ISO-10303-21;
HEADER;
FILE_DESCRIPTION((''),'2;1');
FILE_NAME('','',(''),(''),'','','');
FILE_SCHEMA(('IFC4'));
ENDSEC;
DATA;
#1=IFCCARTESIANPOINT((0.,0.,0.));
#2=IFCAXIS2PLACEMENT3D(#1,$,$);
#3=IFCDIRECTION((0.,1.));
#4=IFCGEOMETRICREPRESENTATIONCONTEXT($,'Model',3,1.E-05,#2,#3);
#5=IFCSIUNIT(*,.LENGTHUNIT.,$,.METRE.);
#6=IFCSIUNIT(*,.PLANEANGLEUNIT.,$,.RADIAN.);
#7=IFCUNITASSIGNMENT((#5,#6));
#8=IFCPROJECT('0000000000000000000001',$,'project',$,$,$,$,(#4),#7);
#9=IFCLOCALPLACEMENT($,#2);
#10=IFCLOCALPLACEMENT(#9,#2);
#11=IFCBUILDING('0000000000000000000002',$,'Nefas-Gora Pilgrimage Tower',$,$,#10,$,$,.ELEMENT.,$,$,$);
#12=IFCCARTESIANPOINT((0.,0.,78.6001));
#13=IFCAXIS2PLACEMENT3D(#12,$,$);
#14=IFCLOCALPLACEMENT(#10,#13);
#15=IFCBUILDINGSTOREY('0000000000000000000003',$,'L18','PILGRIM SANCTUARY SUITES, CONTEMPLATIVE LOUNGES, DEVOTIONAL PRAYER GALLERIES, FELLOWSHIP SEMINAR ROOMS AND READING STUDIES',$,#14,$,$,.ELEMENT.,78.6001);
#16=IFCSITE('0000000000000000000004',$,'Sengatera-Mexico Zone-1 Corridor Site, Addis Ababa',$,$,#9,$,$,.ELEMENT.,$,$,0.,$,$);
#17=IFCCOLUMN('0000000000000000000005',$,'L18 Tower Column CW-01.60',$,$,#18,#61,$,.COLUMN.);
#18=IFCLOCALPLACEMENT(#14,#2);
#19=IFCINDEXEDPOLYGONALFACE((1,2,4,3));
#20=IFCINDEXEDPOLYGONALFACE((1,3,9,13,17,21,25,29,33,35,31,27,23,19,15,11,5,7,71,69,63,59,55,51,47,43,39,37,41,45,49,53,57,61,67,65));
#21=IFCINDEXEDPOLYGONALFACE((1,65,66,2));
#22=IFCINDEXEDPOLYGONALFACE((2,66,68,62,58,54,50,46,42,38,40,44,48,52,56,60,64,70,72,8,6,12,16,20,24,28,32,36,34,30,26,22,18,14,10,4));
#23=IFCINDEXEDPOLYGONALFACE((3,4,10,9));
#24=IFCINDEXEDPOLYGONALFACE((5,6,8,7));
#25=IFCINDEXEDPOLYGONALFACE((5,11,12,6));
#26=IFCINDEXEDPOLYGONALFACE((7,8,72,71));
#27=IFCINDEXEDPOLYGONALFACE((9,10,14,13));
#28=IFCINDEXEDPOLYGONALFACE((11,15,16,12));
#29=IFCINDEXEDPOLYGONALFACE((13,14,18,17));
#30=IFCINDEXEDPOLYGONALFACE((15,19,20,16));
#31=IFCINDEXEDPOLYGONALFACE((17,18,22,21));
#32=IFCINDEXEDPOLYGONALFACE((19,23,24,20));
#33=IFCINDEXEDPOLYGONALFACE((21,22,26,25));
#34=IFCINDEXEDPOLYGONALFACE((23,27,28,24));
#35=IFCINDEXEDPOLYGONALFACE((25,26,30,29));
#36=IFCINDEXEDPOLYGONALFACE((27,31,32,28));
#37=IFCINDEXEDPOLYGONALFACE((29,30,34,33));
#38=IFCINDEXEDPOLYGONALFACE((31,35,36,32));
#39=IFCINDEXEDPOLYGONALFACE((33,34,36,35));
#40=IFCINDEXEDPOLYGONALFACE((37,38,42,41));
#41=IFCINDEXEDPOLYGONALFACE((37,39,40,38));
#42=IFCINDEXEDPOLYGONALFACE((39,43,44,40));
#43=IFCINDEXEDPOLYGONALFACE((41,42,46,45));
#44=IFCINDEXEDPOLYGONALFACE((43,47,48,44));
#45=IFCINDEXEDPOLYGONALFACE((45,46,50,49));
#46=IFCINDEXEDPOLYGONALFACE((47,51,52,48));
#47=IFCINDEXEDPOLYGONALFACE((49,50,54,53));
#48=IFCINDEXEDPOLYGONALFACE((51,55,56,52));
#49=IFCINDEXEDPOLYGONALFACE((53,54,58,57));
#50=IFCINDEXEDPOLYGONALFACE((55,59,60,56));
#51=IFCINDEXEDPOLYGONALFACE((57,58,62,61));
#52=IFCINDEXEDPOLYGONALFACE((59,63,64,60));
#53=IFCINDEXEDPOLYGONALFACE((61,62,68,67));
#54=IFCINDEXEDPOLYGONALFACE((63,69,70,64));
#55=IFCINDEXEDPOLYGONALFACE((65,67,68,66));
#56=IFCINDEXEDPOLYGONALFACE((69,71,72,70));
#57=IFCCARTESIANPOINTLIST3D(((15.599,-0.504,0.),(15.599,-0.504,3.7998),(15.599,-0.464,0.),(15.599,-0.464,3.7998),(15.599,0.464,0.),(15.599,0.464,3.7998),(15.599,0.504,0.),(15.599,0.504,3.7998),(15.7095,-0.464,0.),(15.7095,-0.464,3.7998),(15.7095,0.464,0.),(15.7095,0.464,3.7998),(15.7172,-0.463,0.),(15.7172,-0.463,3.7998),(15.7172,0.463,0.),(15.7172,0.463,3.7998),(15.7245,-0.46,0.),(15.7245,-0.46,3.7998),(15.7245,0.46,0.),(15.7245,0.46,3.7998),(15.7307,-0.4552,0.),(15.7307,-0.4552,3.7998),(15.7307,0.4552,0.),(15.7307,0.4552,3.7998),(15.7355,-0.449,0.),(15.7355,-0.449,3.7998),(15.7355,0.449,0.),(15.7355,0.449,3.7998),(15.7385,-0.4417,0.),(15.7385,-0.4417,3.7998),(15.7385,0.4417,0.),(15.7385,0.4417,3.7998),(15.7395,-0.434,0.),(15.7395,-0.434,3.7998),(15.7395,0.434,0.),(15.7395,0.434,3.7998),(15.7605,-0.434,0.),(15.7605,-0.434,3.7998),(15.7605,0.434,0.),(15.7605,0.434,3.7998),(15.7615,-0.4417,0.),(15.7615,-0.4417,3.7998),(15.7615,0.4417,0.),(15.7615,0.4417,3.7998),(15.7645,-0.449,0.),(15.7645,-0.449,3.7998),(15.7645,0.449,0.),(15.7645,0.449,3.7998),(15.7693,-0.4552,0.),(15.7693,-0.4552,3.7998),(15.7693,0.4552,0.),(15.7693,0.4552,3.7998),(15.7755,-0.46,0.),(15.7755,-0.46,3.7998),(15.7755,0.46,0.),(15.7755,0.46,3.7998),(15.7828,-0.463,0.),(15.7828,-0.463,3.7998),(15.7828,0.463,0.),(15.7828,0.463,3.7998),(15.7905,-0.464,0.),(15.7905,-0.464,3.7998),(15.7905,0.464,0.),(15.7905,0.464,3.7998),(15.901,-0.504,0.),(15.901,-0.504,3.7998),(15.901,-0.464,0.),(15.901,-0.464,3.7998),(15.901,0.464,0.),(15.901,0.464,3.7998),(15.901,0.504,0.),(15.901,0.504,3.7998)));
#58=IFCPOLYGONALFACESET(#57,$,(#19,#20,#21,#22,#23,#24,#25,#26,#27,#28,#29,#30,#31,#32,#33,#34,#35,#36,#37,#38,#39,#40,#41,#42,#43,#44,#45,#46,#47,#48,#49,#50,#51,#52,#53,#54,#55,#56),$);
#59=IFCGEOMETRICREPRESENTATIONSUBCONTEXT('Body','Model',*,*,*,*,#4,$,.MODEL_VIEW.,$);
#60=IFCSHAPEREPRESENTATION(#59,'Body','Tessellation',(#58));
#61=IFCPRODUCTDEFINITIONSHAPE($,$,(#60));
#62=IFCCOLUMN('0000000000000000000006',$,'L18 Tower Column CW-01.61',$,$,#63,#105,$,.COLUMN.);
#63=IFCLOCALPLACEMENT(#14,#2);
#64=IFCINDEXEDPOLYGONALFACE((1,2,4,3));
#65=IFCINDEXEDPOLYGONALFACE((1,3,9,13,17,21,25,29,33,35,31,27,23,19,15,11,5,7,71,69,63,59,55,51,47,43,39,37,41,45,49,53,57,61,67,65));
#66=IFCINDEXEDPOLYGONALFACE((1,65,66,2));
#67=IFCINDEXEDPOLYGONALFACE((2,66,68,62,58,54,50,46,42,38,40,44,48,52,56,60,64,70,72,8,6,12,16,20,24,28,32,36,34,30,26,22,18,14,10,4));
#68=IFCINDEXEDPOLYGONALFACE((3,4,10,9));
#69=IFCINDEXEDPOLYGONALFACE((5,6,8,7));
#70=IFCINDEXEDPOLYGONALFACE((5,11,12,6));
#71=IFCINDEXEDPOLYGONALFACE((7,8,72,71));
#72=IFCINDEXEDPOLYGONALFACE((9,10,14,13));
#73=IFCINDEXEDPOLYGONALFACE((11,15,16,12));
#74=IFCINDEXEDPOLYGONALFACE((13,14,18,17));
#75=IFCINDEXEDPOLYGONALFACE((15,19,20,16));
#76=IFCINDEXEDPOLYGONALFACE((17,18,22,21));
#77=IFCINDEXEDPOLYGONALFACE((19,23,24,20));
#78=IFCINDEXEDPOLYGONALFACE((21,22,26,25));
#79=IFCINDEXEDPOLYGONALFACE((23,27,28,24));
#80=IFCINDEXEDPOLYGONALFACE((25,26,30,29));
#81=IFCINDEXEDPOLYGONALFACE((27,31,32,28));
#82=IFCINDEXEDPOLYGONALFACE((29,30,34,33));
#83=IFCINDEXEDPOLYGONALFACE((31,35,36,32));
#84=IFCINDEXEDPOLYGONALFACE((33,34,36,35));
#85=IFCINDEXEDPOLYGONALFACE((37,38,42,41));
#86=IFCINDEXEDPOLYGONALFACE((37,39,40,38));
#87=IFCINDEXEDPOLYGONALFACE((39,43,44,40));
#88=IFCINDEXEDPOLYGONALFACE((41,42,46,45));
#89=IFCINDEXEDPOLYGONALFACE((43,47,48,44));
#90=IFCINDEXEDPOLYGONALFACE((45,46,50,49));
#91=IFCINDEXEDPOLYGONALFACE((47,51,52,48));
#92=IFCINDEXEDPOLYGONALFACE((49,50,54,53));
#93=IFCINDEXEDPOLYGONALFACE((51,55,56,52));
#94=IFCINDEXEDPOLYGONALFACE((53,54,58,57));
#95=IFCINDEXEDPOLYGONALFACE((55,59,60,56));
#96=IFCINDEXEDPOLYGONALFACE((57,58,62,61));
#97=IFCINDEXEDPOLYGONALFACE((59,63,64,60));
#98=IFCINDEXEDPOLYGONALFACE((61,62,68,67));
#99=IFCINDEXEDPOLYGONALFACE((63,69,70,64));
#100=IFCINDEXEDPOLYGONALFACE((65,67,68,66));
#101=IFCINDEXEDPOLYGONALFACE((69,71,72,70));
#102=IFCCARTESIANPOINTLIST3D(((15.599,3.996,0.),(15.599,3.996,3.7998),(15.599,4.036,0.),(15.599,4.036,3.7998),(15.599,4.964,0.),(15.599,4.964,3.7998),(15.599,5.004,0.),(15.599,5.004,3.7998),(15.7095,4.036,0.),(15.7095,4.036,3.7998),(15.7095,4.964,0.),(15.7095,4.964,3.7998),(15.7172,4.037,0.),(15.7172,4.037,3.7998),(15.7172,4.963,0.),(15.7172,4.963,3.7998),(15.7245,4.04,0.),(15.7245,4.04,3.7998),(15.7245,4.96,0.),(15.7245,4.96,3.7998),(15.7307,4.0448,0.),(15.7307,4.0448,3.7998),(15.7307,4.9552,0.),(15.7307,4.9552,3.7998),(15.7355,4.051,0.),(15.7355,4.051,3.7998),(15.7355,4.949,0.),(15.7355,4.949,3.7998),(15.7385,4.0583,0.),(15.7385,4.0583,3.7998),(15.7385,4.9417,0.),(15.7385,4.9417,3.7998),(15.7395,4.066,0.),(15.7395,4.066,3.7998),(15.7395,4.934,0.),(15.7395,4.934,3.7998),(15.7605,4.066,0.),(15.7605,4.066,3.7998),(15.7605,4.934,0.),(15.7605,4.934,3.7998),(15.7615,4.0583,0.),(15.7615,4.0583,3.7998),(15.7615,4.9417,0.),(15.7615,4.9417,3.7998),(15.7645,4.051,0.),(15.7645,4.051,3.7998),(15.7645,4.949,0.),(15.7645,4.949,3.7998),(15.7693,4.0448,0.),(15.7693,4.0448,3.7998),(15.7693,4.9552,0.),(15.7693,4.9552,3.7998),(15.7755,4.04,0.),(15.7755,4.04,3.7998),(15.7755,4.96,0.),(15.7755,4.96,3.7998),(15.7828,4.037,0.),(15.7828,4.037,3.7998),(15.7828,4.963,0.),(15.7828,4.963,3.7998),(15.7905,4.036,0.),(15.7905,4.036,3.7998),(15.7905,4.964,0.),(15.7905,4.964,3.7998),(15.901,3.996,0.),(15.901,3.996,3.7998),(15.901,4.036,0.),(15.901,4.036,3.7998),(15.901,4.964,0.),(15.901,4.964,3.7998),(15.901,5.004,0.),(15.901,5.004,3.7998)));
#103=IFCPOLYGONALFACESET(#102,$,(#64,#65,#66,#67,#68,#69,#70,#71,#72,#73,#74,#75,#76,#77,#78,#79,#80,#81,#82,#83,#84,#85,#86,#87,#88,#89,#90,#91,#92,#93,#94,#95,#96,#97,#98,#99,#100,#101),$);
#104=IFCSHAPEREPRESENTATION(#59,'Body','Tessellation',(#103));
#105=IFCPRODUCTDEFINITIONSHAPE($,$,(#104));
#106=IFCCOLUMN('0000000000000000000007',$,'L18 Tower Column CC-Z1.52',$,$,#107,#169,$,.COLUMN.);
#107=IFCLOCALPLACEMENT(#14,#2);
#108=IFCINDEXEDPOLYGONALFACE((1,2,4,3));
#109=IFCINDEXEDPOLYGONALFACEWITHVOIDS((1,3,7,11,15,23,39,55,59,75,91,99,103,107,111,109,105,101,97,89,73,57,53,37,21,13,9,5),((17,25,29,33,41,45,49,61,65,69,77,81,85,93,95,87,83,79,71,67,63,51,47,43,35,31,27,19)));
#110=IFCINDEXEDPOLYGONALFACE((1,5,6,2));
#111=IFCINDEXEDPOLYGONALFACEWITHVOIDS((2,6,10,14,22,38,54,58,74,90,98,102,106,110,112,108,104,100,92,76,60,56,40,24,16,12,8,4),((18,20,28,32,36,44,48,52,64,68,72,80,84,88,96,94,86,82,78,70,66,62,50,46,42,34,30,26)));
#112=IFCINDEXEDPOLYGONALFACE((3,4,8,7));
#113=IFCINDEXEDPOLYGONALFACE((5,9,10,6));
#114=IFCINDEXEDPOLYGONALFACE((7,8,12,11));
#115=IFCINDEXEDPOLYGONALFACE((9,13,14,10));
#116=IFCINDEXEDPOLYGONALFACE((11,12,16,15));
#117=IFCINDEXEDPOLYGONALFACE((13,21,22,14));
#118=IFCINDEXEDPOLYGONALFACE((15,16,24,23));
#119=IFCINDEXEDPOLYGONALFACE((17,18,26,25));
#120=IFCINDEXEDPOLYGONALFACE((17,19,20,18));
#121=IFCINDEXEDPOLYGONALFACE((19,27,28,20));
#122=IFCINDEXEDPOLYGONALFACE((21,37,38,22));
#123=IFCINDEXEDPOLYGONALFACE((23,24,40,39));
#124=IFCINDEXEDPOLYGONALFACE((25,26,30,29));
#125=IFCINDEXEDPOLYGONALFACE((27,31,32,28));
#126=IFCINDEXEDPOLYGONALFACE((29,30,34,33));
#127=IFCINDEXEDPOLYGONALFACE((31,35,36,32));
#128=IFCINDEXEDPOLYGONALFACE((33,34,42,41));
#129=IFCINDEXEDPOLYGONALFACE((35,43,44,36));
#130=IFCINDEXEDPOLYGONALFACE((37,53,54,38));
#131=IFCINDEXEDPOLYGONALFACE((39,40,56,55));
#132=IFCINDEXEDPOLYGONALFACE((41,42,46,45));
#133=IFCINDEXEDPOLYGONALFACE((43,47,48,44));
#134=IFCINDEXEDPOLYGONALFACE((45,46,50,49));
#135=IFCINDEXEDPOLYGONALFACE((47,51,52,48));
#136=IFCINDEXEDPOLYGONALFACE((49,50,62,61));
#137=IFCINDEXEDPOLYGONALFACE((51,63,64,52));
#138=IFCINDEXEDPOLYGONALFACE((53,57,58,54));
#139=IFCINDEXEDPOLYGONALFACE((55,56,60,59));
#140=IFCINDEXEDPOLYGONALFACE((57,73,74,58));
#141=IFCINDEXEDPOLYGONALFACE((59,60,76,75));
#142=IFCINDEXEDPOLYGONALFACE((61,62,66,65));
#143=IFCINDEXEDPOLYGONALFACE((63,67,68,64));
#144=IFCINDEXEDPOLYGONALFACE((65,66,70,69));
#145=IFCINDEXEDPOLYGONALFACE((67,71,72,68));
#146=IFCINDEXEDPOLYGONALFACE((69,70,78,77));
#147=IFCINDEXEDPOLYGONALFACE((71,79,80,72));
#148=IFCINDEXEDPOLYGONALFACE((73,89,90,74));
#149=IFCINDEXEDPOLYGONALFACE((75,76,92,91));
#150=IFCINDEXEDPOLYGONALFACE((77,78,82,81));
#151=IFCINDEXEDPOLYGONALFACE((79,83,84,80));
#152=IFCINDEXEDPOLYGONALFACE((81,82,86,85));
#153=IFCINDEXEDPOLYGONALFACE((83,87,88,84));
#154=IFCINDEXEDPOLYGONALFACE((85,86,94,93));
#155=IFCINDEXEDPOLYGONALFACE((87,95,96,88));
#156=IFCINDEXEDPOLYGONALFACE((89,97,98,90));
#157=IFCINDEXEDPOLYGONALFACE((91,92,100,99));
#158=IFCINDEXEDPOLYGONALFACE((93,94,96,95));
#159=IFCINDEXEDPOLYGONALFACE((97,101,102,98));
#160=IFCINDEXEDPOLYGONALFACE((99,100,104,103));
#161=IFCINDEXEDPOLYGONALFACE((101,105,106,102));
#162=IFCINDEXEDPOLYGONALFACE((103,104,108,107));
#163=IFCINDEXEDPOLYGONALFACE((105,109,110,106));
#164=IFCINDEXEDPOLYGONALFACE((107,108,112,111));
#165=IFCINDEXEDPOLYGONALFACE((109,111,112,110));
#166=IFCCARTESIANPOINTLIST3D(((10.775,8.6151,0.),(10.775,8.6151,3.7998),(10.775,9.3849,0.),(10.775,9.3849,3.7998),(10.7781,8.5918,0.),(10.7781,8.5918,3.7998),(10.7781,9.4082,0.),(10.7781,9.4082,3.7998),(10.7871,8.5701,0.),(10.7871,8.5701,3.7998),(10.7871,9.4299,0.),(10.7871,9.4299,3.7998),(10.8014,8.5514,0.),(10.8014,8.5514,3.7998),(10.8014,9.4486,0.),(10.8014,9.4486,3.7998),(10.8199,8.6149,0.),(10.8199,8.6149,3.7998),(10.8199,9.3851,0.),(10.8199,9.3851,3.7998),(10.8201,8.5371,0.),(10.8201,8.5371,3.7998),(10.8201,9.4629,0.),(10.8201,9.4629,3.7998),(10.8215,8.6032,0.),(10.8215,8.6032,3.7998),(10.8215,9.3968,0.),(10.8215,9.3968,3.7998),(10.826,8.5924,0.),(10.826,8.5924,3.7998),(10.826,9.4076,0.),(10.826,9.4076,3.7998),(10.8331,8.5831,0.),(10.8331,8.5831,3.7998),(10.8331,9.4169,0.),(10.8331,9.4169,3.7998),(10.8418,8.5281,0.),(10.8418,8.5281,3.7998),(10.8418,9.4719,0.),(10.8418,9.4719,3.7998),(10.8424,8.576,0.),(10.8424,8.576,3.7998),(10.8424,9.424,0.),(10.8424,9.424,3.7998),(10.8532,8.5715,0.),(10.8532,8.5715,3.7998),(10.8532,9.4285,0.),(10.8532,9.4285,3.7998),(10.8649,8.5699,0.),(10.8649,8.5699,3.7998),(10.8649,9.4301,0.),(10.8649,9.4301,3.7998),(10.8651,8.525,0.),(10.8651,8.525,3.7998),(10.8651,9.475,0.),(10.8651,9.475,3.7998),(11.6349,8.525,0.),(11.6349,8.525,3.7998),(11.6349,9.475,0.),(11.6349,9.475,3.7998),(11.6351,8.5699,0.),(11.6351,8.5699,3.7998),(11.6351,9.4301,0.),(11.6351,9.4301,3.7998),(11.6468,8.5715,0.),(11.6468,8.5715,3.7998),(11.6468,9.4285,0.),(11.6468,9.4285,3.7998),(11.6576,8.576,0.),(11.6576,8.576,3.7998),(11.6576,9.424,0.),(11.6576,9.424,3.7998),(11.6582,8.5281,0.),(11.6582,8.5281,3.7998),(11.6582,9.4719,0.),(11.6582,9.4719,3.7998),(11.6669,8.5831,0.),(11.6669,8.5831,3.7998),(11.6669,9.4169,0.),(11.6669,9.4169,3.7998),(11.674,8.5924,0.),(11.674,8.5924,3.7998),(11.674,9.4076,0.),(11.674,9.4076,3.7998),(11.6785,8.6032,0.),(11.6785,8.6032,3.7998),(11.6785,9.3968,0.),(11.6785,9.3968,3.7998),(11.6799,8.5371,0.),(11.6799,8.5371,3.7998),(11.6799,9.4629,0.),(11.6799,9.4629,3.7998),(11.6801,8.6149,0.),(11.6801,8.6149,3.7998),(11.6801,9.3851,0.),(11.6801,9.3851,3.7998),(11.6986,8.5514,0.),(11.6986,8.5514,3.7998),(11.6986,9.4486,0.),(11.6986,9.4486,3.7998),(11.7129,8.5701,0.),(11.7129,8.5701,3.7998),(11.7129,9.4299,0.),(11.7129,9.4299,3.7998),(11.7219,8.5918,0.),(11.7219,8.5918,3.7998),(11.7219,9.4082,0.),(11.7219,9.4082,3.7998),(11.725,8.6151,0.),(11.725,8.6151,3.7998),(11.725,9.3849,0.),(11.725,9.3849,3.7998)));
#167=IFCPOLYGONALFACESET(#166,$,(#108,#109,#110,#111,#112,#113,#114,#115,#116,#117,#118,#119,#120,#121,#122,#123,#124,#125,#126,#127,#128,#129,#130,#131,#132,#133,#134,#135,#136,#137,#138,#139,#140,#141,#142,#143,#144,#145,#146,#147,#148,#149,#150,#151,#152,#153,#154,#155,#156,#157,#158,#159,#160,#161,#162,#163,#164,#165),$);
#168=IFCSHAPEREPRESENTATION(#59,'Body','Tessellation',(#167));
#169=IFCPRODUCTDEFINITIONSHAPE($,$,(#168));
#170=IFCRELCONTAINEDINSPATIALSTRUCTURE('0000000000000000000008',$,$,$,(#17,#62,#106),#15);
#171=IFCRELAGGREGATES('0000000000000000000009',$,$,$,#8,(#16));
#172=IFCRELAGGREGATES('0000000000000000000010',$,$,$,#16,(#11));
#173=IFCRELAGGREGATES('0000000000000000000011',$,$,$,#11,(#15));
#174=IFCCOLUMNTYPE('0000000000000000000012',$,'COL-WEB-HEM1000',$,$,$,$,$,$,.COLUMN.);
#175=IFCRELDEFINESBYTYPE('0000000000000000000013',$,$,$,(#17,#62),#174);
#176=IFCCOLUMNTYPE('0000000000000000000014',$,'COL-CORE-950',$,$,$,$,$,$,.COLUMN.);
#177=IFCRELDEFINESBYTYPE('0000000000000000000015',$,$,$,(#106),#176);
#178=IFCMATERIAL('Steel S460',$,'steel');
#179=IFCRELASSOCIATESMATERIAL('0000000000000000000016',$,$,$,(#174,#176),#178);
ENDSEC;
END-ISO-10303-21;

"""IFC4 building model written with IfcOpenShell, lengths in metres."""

from ifc_helpers import new_model, si_unit, direction, frame, origin, origin_2d, place, context, subcontext, project, spatial, hollow_rectangle, i_section, extrude, source, transform, mapped, material, material_profile, profile_set, type_object, element, save


model = new_model("IFC4")

# Units and contexts
model_context = context("Model", 3, precision=1e-05, world=origin(), true_north=direction((0.0, 1.0)))
body_context = subcontext(model_context, "Body", "Model", "MODEL_VIEW")
ifc_project = project(units=[si_unit("LENGTHUNIT", "METRE"), si_unit("PLANEANGLEUNIT", "RADIAN")], contexts=[model_context])

# Site, building, storey
site_placement = place(None, origin())
site = spatial("IfcSite", under=ifc_project, at=site_placement, Name="Sengatera-Mexico Zone-1 Corridor Site, Addis Ababa", CompositionType="ELEMENT", RefElevation=0.0)
building_placement = place(site_placement, origin())
building = spatial("IfcBuilding", under=site, at=building_placement, Name="Nefas-Gora Pilgrimage Tower", CompositionType="ELEMENT")
storey_placement = place(building_placement, frame((0.0, 0.0, 78.6001)))
storey = spatial("IfcBuildingStorey", under=building, at=storey_placement, Name="L18", Description="PILGRIM SANCTUARY SUITES, CONTEMPLATIVE LOUNGES, DEVOTIONAL PRAYER GALLERIES, FELLOWSHIP SEMINAR ROOMS AND READING STUDIES", CompositionType="ELEMENT", Elevation=78.6001)

# Columns
ifc_material_1 = material(Name="Steel S460", Category="steel")
ifc_material_profile_1 = material_profile(ifc_material_1, i_section(OverallWidth=0.302, OverallDepth=1.0081, WebThickness=0.021, FlangeThickness=0.04, FilletRadius=0.03, at=origin_2d()), Name="HEM 1000")
ifc_profile_set_1 = profile_set([ifc_material_profile_1], Name="Steel S460")
column_type_1 = type_object("IfcColumnType", Name="COL-WEB-HEM1000", PredefinedType="COLUMN", material=ifc_profile_set_1)
shared_shape_1 = source(origin(), body_context, "Body", "SweptSolid", [
    extrude(i_section(OverallWidth=0.302, OverallDepth=1.0081, WebThickness=0.021, FlangeThickness=0.04, FilletRadius=0.03, at=origin_2d()), origin(), (0.0, 0.0, 1.0), 3.7998),
])
for number, where, z_axis, x_axis, name in (
    (1, (15.75, 0.0, 0.0), (0.0, 0.0, 1.0), (1.0, 0.0, 0.0), "L18 Tower Column CW-01.60"),
    (2, (15.75, 4.5, 0.0), (0.0, 0.0, 1.0), (1.0, 0.0, 0.0), "L18 Tower Column CW-01.61"),
):
    element("IfcColumn", number, at=place(storey_placement, frame(where, z_axis=z_axis, x_axis=x_axis)), inside=storey, type_object=column_type_1, Name=name, PredefinedType="COLUMN", context=body_context, shape_type="MappedRepresentation", body=[
        mapped(shared_shape_1, transform((0.0, 0.0, 0.0), x_axis=(1.0, 0.0, 0.0), y_axis=(0.0, 1.0, 0.0), z_axis=(0.0, 0.0, 1.0), scale=1.0)),
    ])
ifc_material_profile_2 = material_profile(ifc_material_1, hollow_rectangle(XDim=0.95, YDim=0.95, WallThickness=0.0449, InnerFilletRadius=0.0449, OuterFilletRadius=0.0901, at=origin_2d()), Name="BOX 950x950x45")
ifc_profile_set_2 = profile_set([ifc_material_profile_2], Name="Steel S460")
column_type_2 = type_object("IfcColumnType", Name="COL-CORE-950", PredefinedType="COLUMN", material=ifc_profile_set_2)
shared_shape_2 = source(origin(), body_context, "Body", "SweptSolid", [
    extrude(hollow_rectangle(XDim=0.95, YDim=0.95, WallThickness=0.0449, InnerFilletRadius=0.0449, OuterFilletRadius=0.0901, at=origin_2d()), origin(), (0.0, 0.0, 1.0), 3.7998),
])
column_placement = place(storey_placement, frame((11.25, 9.0, 0.0), z_axis=(0.0, 0.0, 1.0), x_axis=(1.0, 0.0, 0.0)))
element("IfcColumn", 3, at=column_placement, inside=storey, type_object=column_type_2, Name="L18 Tower Column CC-Z1.52", PredefinedType="COLUMN", context=body_context, shape_type="MappedRepresentation", body=[
    mapped(shared_shape_2, transform((0.0, 0.0, 0.0), x_axis=(1.0, 0.0, 0.0), y_axis=(0.0, 1.0, 0.0), z_axis=(0.0, 0.0, 1.0), scale=1.0)),
])

save(model, "model.ifc")
